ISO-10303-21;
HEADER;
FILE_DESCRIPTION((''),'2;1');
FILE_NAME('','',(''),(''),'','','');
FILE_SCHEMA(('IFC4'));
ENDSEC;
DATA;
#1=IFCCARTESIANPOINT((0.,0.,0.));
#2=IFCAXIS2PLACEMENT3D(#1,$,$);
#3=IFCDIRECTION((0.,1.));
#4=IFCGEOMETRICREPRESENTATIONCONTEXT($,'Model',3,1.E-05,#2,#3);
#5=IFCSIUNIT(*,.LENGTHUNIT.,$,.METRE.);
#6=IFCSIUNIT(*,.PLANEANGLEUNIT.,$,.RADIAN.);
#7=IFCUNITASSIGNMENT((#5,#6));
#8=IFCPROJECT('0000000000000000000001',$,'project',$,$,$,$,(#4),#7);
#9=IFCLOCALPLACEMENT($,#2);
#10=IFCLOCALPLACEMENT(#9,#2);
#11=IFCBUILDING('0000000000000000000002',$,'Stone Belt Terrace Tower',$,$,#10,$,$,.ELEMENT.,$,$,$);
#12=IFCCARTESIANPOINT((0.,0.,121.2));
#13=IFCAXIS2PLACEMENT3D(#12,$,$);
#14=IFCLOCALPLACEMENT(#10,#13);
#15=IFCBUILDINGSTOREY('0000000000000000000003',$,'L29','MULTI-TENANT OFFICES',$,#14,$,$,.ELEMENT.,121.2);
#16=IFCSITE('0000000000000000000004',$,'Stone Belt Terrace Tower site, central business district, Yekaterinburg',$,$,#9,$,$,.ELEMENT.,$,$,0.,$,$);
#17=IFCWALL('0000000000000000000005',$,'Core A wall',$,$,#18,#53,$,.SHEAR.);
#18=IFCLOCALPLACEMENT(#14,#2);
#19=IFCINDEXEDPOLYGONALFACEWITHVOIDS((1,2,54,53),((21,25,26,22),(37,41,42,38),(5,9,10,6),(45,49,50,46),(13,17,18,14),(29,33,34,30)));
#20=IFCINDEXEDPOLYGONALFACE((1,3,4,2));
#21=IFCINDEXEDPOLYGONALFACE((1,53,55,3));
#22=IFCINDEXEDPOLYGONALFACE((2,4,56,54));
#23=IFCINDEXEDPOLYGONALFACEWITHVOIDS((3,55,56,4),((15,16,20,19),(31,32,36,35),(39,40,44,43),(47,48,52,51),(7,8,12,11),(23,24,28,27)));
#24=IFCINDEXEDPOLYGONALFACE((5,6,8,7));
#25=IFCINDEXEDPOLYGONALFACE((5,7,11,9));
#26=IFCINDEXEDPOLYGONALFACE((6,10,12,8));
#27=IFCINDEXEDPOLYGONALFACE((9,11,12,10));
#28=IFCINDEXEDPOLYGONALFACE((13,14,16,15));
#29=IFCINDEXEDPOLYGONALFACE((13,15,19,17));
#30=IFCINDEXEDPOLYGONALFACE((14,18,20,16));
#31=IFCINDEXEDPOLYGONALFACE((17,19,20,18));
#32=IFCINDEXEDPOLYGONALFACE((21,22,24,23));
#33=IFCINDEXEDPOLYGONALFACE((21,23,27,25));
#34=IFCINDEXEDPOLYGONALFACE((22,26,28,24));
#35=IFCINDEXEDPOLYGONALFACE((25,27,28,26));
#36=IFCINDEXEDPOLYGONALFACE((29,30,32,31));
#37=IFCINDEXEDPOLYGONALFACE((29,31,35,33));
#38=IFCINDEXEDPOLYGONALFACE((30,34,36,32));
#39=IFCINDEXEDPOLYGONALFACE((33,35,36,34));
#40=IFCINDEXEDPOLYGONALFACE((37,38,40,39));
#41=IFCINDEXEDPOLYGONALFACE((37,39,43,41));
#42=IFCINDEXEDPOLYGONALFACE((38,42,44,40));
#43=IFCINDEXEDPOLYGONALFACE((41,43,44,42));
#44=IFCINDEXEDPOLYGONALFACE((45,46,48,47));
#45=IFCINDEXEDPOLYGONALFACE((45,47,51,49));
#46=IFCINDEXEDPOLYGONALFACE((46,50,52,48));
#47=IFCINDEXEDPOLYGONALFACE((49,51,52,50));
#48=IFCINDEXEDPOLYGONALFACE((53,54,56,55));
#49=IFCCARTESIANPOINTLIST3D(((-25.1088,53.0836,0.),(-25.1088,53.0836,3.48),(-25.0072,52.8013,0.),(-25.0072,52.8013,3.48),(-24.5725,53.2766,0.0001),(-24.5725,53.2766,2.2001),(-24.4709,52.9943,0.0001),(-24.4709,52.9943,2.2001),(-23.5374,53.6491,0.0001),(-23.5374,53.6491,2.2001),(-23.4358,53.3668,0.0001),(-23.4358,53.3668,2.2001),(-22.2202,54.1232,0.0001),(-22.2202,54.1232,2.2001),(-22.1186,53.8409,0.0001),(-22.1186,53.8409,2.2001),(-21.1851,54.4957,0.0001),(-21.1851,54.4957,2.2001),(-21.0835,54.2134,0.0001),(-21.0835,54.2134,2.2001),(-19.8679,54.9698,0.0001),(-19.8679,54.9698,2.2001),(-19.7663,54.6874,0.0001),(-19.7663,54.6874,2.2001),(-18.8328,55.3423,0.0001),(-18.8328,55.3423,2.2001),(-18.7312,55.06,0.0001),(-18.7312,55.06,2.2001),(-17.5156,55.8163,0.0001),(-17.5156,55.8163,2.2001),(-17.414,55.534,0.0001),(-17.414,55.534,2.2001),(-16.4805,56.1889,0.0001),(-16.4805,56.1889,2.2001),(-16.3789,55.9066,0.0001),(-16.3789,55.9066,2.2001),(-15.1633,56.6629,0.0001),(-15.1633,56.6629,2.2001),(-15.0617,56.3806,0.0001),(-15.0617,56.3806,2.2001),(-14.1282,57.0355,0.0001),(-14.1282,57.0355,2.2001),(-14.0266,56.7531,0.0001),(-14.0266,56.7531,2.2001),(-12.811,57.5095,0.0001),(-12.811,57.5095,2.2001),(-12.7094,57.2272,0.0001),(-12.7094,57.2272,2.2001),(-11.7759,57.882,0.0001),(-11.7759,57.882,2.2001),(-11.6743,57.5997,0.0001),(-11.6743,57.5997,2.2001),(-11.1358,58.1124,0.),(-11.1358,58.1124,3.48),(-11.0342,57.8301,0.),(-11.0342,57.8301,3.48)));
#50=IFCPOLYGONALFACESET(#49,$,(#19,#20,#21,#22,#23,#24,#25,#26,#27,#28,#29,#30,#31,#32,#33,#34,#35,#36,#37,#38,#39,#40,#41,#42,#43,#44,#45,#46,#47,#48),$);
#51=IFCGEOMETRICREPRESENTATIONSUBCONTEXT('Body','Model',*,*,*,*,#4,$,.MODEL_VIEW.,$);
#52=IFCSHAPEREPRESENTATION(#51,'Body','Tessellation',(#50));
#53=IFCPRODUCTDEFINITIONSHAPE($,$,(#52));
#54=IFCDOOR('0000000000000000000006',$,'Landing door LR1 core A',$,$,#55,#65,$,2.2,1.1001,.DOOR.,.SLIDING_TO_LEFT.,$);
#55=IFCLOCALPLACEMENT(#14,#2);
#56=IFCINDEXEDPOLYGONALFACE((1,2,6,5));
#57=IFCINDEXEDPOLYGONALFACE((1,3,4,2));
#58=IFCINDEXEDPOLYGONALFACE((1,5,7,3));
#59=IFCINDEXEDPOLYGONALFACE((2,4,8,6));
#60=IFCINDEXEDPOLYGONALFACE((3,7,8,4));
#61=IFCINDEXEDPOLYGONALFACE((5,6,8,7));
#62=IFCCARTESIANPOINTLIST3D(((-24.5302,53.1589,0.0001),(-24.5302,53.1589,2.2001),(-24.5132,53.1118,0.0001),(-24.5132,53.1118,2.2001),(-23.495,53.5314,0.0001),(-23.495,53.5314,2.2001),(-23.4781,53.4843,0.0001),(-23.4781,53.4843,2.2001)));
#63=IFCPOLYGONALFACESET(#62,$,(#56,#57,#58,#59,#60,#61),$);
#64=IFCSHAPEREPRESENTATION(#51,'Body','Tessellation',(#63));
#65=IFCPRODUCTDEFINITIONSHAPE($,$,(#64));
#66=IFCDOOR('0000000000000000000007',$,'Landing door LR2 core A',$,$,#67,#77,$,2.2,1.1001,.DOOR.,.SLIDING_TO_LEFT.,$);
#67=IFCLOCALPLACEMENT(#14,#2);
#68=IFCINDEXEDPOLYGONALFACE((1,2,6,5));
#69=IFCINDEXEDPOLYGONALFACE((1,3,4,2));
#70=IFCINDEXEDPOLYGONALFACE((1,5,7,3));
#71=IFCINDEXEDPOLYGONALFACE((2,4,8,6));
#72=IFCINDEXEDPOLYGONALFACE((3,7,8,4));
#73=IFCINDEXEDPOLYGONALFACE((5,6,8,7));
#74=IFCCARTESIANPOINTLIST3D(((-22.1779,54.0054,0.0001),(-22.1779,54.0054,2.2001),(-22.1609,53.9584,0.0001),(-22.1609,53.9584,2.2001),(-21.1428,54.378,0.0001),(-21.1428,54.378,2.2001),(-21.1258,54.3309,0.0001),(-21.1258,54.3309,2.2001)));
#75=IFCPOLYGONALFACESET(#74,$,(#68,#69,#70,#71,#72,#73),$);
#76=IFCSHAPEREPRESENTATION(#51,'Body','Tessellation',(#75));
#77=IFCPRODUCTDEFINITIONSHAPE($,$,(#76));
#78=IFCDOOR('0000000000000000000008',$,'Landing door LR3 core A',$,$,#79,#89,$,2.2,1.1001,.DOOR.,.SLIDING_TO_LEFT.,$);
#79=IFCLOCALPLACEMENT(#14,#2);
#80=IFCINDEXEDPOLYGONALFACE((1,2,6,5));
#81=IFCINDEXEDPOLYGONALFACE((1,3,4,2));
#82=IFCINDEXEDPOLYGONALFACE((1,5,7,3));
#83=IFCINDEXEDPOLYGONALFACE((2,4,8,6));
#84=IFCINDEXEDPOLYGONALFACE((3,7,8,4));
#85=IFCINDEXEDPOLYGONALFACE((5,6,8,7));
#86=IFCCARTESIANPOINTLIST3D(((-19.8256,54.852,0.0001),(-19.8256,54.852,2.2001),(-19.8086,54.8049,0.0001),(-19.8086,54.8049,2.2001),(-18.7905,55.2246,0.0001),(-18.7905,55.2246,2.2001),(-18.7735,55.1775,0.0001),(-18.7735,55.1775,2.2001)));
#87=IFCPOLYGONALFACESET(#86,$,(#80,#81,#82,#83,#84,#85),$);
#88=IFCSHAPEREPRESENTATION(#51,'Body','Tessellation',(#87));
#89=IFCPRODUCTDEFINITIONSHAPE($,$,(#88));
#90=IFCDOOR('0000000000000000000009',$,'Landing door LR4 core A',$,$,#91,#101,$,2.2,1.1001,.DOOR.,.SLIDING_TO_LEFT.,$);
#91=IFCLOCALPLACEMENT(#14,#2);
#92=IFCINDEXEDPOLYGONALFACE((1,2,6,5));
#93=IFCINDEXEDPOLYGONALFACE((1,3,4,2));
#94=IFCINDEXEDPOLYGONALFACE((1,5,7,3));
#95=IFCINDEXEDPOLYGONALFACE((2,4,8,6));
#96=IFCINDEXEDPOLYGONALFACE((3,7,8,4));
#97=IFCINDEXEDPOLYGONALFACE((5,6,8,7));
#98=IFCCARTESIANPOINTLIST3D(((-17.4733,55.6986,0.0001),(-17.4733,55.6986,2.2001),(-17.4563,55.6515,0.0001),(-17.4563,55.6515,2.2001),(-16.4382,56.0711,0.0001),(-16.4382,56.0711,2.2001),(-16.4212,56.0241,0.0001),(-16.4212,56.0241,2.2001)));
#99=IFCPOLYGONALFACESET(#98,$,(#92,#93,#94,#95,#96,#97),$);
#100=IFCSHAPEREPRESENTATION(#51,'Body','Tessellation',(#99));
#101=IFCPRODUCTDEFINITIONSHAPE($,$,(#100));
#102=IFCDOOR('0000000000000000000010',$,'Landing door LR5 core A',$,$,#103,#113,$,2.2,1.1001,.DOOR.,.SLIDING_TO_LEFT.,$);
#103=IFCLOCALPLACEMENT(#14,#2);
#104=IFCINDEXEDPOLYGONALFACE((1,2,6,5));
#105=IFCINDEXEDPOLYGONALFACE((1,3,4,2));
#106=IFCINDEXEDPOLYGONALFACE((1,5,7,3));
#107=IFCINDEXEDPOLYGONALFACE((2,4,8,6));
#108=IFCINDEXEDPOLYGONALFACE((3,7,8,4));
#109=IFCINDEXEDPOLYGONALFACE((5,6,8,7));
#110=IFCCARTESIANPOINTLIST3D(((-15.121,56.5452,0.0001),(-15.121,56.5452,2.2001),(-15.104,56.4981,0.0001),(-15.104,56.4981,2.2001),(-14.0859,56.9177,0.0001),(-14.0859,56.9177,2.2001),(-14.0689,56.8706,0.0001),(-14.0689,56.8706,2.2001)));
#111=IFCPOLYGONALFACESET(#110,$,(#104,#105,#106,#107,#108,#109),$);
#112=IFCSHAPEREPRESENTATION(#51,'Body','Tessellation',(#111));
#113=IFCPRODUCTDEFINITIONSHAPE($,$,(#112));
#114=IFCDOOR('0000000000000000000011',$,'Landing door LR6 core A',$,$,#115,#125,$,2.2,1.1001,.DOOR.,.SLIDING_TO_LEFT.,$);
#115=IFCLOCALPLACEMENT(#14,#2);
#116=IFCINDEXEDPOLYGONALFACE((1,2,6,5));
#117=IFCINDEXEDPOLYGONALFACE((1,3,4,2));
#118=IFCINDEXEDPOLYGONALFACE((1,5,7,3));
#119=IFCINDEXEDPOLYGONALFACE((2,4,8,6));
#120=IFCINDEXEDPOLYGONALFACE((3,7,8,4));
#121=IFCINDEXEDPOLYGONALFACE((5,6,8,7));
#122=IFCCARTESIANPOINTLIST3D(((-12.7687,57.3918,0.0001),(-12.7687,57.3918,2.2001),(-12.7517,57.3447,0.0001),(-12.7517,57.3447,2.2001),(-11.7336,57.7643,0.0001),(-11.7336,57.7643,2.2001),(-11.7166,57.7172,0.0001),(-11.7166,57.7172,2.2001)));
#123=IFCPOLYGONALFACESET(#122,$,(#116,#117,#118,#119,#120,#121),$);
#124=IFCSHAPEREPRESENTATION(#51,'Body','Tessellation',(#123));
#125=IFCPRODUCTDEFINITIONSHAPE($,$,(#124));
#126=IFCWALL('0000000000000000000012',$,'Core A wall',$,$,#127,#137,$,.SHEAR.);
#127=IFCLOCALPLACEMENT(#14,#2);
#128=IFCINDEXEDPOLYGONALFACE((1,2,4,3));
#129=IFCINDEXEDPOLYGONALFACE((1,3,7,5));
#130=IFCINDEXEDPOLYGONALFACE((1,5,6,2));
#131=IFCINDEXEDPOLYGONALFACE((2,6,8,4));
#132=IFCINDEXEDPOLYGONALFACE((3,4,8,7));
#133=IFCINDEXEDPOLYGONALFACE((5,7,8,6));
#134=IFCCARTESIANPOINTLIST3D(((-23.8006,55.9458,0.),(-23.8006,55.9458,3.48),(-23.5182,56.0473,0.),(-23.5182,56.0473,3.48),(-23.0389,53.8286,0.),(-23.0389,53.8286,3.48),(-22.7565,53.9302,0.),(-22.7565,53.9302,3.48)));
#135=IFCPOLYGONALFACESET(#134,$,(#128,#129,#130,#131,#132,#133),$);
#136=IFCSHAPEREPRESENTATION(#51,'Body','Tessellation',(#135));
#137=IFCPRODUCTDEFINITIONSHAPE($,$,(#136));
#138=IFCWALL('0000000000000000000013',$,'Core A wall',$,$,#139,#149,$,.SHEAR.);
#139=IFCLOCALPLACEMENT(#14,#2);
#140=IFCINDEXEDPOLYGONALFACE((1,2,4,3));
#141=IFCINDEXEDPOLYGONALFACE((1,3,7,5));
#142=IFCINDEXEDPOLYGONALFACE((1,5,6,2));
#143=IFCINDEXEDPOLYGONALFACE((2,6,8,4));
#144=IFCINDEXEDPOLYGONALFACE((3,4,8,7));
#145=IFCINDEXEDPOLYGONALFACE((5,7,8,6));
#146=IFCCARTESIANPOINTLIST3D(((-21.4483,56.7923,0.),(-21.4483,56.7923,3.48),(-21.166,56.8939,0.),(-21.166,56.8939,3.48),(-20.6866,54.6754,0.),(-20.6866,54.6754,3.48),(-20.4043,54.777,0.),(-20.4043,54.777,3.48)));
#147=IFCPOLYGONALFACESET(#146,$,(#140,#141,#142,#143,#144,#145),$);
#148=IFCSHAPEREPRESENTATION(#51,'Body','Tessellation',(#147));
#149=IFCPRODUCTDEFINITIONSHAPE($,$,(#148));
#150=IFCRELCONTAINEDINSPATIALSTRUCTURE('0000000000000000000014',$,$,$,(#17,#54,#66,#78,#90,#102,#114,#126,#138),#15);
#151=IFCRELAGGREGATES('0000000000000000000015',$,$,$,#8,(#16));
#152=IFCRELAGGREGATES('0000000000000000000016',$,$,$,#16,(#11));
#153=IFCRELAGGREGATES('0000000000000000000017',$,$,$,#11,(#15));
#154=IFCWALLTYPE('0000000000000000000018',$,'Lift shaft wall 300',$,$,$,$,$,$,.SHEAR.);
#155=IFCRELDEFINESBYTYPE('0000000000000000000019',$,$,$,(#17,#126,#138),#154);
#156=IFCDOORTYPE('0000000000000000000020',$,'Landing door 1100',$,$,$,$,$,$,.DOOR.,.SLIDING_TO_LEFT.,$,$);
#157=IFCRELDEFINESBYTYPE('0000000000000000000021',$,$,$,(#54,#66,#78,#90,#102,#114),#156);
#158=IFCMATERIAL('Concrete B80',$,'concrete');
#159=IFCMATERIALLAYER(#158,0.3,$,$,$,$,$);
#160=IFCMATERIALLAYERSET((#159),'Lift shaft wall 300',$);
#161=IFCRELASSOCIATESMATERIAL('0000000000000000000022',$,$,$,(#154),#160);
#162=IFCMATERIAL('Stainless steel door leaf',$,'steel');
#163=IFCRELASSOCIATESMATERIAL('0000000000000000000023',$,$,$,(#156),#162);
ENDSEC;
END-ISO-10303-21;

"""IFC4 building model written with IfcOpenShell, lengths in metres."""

from ifc_helpers import new_model, si_unit, direction, frame, frame_2d, origin, place, context, subcontext, project, spatial, rectangle, extrude, material, layer, layer_set, type_object, element, fill, save


model = new_model("IFC4")

# Units and contexts
model_context = context("Model", 3, precision=1e-05, world=origin(), true_north=direction((0.0, 1.0)))
body_context = subcontext(model_context, "Body", "Model", "MODEL_VIEW")
ifc_project = project(units=[si_unit("LENGTHUNIT", "METRE"), si_unit("PLANEANGLEUNIT", "RADIAN")], contexts=[model_context])

# Site, building, storey
site_placement = place(None, origin())
site = spatial("IfcSite", under=ifc_project, at=site_placement, Name="Stone Belt Terrace Tower site, central business district, Yekaterinburg", CompositionType="ELEMENT", RefElevation=0.0)
building_placement = place(site_placement, origin())
building = spatial("IfcBuilding", under=site, at=building_placement, Name="Stone Belt Terrace Tower", CompositionType="ELEMENT")
storey_placement = place(building_placement, frame((0.0, 0.0, 121.2)))
storey = spatial("IfcBuildingStorey", under=building, at=storey_placement, Name="L29", Description="MULTI-TENANT OFFICES", CompositionType="ELEMENT", Elevation=121.2)

# Shared definitions
ifc_material_1 = material(Name="Concrete B80", Category="concrete")

# Shared definitions
ifc_layer_1 = layer(ifc_material_1, 0.3)
ifc_layer_set_1 = layer_set([ifc_layer_1], Name="Lift shaft wall 300")
wall_type_1 = type_object("IfcWallType", Name="Lift shaft wall 300", PredefinedType="SHEAR", material=ifc_layer_set_1)
ifc_material_2 = material(Name="Stainless steel door leaf", Category="steel")

# Wall, openings, doors
wall_1_placement = place(storey_placement, frame((-25.0581, 52.9424, 0.0), z_axis=(0.0, 0.0, 1.0), x_axis=(0.940918, 0.338634, 0.0)))
wall_1 = element("IfcWall", 1, at=wall_1_placement, inside=storey, type_object=wall_type_1, Name="Core A wall", PredefinedType="SHEAR", context=body_context, shape_type="SweptSolid", body=[
    extrude(rectangle(XDim=14.8503, YDim=0.3, at=frame_2d((7.4253, 0.0))), origin(), (0.0, 0.0, 1.0), 3.48),
])
opening_1_placement = place(wall_1_placement, frame((0.5701, 0.0, 0.0)))
opening_1 = element("IfcOpeningElement", 2, at=opening_1_placement, cuts=wall_1, PredefinedType="OPENING", context=body_context, shape_type="SweptSolid", body=[
    extrude(rectangle(XDim=1.1001, YDim=2.2, at=frame_2d((0.55, 1.1001))), frame((0.0, 0.1599, 0.0), z_axis=(0.0, -1.0, 0.0), x_axis=(1.0, 0.0, 0.0)), (0.0, 0.0, 1.0), 0.3201),
])
opening_2_placement = place(wall_1_placement, frame((3.0701, 0.0, 0.0)))
opening_2 = element("IfcOpeningElement", 3, at=opening_2_placement, cuts=wall_1, PredefinedType="OPENING", context=body_context, shape_type="SweptSolid", body=[
    extrude(rectangle(XDim=1.1001, YDim=2.2, at=frame_2d((0.55, 1.1001))), frame((0.0, 0.1599, 0.0), z_axis=(0.0, -1.0, 0.0), x_axis=(1.0, 0.0, 0.0)), (0.0, 0.0, 1.0), 0.3201),
])
opening_3_placement = place(wall_1_placement, frame((5.5701, 0.0, 0.0)))
opening_3 = element("IfcOpeningElement", 4, at=opening_3_placement, cuts=wall_1, PredefinedType="OPENING", context=body_context, shape_type="SweptSolid", body=[
    extrude(rectangle(XDim=1.1001, YDim=2.2, at=frame_2d((0.55, 1.1001))), frame((0.0, 0.1599, 0.0), z_axis=(0.0, -1.0, 0.0), x_axis=(1.0, 0.0, 0.0)), (0.0, 0.0, 1.0), 0.3201),
])
opening_4_placement = place(wall_1_placement, frame((8.0701, 0.0, 0.0)))
opening_4 = element("IfcOpeningElement", 5, at=opening_4_placement, cuts=wall_1, PredefinedType="OPENING", context=body_context, shape_type="SweptSolid", body=[
    extrude(rectangle(XDim=1.1001, YDim=2.2, at=frame_2d((0.55, 1.1001))), frame((0.0, 0.1599, 0.0), z_axis=(0.0, -1.0, 0.0), x_axis=(1.0, 0.0, 0.0)), (0.0, 0.0, 1.0), 0.3201),
])
opening_5_placement = place(wall_1_placement, frame((10.5701, 0.0, 0.0)))
opening_5 = element("IfcOpeningElement", 6, at=opening_5_placement, cuts=wall_1, PredefinedType="OPENING", context=body_context, shape_type="SweptSolid", body=[
    extrude(rectangle(XDim=1.1001, YDim=2.2, at=frame_2d((0.55, 1.1001))), frame((0.0, 0.1599, 0.0), z_axis=(0.0, -1.0, 0.0), x_axis=(1.0, 0.0, 0.0)), (0.0, 0.0, 1.0), 0.3201),
])
opening_6_placement = place(wall_1_placement, frame((13.0701, 0.0, 0.0)))
opening_6 = element("IfcOpeningElement", 7, at=opening_6_placement, cuts=wall_1, PredefinedType="OPENING", context=body_context, shape_type="SweptSolid", body=[
    extrude(rectangle(XDim=1.1001, YDim=2.2, at=frame_2d((0.55, 1.1001))), frame((0.0, 0.1599, 0.0), z_axis=(0.0, -1.0, 0.0), x_axis=(1.0, 0.0, 0.0)), (0.0, 0.0, 1.0), 0.3201),
])
door_type_1 = type_object("IfcDoorType", Name="Landing door 1100", OperationType="SLIDING_TO_LEFT", PredefinedType="DOOR", material=ifc_material_2)
door_1_placement = place(opening_1_placement, origin())
door_1 = element("IfcDoor", 8, at=door_1_placement, inside=storey, type_object=door_type_1, Name="Landing door LR1 core A", OperationType="SLIDING_TO_LEFT", OverallHeight=2.2, OverallWidth=1.1001, PredefinedType="DOOR", context=body_context, shape_type="SweptSolid", body=[
    extrude(rectangle(XDim=1.1001, YDim=2.2, at=frame_2d((0.55, 1.1001))), frame((0.0, 0.0249, 0.0), z_axis=(0.0, -1.0, 0.0), x_axis=(1.0, 0.0, 0.0)), (0.0, 0.0, 1.0), 0.05),
])
fill(opening_1, door_1)
door_2_placement = place(opening_2_placement, origin())
door_2 = element("IfcDoor", 9, at=door_2_placement, inside=storey, type_object=door_type_1, Name="Landing door LR2 core A", OperationType="SLIDING_TO_LEFT", OverallHeight=2.2, OverallWidth=1.1001, PredefinedType="DOOR", context=body_context, shape_type="SweptSolid", body=[
    extrude(rectangle(XDim=1.1001, YDim=2.2, at=frame_2d((0.55, 1.1001))), frame((0.0, 0.0249, 0.0), z_axis=(0.0, -1.0, 0.0), x_axis=(1.0, 0.0, 0.0)), (0.0, 0.0, 1.0), 0.05),
])
fill(opening_2, door_2)
door_3_placement = place(opening_3_placement, origin())
door_3 = element("IfcDoor", 10, at=door_3_placement, inside=storey, type_object=door_type_1, Name="Landing door LR3 core A", OperationType="SLIDING_TO_LEFT", OverallHeight=2.2, OverallWidth=1.1001, PredefinedType="DOOR", context=body_context, shape_type="SweptSolid", body=[
    extrude(rectangle(XDim=1.1001, YDim=2.2, at=frame_2d((0.55, 1.1001))), frame((0.0, 0.0249, 0.0), z_axis=(0.0, -1.0, 0.0), x_axis=(1.0, 0.0, 0.0)), (0.0, 0.0, 1.0), 0.05),
])
fill(opening_3, door_3)
door_4_placement = place(opening_4_placement, origin())
door_4 = element("IfcDoor", 11, at=door_4_placement, inside=storey, type_object=door_type_1, Name="Landing door LR4 core A", OperationType="SLIDING_TO_LEFT", OverallHeight=2.2, OverallWidth=1.1001, PredefinedType="DOOR", context=body_context, shape_type="SweptSolid", body=[
    extrude(rectangle(XDim=1.1001, YDim=2.2, at=frame_2d((0.55, 1.1001))), frame((0.0, 0.0249, 0.0), z_axis=(0.0, -1.0, 0.0), x_axis=(1.0, 0.0, 0.0)), (0.0, 0.0, 1.0), 0.05),
])
fill(opening_4, door_4)
door_5_placement = place(opening_5_placement, origin())
door_5 = element("IfcDoor", 12, at=door_5_placement, inside=storey, type_object=door_type_1, Name="Landing door LR5 core A", OperationType="SLIDING_TO_LEFT", OverallHeight=2.2, OverallWidth=1.1001, PredefinedType="DOOR", context=body_context, shape_type="SweptSolid", body=[
    extrude(rectangle(XDim=1.1001, YDim=2.2, at=frame_2d((0.55, 1.1001))), frame((0.0, 0.0249, 0.0), z_axis=(0.0, -1.0, 0.0), x_axis=(1.0, 0.0, 0.0)), (0.0, 0.0, 1.0), 0.05),
])
fill(opening_5, door_5)
door_6_placement = place(opening_6_placement, origin())
door_6 = element("IfcDoor", 13, at=door_6_placement, inside=storey, type_object=door_type_1, Name="Landing door LR6 core A", OperationType="SLIDING_TO_LEFT", OverallHeight=2.2, OverallWidth=1.1001, PredefinedType="DOOR", context=body_context, shape_type="SweptSolid", body=[
    extrude(rectangle(XDim=1.1001, YDim=2.2, at=frame_2d((0.55, 1.1001))), frame((0.0, 0.0249, 0.0), z_axis=(0.0, -1.0, 0.0), x_axis=(1.0, 0.0, 0.0)), (0.0, 0.0, 1.0), 0.05),
])
fill(opening_6, door_6)

# Walls
wall_2_placement = place(storey_placement, frame((-22.8977, 53.8794, 0.0), z_axis=(0.0, 0.0, 1.0), x_axis=(-0.338535, 0.940954, 0.0)))
element("IfcWall", 14, at=wall_2_placement, inside=storey, type_object=wall_type_1, Name="Core A wall", PredefinedType="SHEAR", context=body_context, shape_type="SweptSolid", body=[
    extrude(rectangle(XDim=2.25, YDim=0.3, at=frame_2d((1.125, 0.0))), origin(), (0.0, 0.0, 1.0), 3.48),
])
wall_3_placement = place(storey_placement, frame((-20.5454, 54.7261, 0.0), z_axis=(0.0, 0.0, 1.0), x_axis=(-0.33857, 0.940941, 0.0)))
element("IfcWall", 15, at=wall_3_placement, inside=storey, type_object=wall_type_1, Name="Core A wall", PredefinedType="SHEAR", context=body_context, shape_type="SweptSolid", body=[
    extrude(rectangle(XDim=2.2498, YDim=0.3, at=frame_2d((1.125, 0.0))), origin(), (0.0, 0.0, 1.0), 3.48),
])

save(model, "model.ifc")
